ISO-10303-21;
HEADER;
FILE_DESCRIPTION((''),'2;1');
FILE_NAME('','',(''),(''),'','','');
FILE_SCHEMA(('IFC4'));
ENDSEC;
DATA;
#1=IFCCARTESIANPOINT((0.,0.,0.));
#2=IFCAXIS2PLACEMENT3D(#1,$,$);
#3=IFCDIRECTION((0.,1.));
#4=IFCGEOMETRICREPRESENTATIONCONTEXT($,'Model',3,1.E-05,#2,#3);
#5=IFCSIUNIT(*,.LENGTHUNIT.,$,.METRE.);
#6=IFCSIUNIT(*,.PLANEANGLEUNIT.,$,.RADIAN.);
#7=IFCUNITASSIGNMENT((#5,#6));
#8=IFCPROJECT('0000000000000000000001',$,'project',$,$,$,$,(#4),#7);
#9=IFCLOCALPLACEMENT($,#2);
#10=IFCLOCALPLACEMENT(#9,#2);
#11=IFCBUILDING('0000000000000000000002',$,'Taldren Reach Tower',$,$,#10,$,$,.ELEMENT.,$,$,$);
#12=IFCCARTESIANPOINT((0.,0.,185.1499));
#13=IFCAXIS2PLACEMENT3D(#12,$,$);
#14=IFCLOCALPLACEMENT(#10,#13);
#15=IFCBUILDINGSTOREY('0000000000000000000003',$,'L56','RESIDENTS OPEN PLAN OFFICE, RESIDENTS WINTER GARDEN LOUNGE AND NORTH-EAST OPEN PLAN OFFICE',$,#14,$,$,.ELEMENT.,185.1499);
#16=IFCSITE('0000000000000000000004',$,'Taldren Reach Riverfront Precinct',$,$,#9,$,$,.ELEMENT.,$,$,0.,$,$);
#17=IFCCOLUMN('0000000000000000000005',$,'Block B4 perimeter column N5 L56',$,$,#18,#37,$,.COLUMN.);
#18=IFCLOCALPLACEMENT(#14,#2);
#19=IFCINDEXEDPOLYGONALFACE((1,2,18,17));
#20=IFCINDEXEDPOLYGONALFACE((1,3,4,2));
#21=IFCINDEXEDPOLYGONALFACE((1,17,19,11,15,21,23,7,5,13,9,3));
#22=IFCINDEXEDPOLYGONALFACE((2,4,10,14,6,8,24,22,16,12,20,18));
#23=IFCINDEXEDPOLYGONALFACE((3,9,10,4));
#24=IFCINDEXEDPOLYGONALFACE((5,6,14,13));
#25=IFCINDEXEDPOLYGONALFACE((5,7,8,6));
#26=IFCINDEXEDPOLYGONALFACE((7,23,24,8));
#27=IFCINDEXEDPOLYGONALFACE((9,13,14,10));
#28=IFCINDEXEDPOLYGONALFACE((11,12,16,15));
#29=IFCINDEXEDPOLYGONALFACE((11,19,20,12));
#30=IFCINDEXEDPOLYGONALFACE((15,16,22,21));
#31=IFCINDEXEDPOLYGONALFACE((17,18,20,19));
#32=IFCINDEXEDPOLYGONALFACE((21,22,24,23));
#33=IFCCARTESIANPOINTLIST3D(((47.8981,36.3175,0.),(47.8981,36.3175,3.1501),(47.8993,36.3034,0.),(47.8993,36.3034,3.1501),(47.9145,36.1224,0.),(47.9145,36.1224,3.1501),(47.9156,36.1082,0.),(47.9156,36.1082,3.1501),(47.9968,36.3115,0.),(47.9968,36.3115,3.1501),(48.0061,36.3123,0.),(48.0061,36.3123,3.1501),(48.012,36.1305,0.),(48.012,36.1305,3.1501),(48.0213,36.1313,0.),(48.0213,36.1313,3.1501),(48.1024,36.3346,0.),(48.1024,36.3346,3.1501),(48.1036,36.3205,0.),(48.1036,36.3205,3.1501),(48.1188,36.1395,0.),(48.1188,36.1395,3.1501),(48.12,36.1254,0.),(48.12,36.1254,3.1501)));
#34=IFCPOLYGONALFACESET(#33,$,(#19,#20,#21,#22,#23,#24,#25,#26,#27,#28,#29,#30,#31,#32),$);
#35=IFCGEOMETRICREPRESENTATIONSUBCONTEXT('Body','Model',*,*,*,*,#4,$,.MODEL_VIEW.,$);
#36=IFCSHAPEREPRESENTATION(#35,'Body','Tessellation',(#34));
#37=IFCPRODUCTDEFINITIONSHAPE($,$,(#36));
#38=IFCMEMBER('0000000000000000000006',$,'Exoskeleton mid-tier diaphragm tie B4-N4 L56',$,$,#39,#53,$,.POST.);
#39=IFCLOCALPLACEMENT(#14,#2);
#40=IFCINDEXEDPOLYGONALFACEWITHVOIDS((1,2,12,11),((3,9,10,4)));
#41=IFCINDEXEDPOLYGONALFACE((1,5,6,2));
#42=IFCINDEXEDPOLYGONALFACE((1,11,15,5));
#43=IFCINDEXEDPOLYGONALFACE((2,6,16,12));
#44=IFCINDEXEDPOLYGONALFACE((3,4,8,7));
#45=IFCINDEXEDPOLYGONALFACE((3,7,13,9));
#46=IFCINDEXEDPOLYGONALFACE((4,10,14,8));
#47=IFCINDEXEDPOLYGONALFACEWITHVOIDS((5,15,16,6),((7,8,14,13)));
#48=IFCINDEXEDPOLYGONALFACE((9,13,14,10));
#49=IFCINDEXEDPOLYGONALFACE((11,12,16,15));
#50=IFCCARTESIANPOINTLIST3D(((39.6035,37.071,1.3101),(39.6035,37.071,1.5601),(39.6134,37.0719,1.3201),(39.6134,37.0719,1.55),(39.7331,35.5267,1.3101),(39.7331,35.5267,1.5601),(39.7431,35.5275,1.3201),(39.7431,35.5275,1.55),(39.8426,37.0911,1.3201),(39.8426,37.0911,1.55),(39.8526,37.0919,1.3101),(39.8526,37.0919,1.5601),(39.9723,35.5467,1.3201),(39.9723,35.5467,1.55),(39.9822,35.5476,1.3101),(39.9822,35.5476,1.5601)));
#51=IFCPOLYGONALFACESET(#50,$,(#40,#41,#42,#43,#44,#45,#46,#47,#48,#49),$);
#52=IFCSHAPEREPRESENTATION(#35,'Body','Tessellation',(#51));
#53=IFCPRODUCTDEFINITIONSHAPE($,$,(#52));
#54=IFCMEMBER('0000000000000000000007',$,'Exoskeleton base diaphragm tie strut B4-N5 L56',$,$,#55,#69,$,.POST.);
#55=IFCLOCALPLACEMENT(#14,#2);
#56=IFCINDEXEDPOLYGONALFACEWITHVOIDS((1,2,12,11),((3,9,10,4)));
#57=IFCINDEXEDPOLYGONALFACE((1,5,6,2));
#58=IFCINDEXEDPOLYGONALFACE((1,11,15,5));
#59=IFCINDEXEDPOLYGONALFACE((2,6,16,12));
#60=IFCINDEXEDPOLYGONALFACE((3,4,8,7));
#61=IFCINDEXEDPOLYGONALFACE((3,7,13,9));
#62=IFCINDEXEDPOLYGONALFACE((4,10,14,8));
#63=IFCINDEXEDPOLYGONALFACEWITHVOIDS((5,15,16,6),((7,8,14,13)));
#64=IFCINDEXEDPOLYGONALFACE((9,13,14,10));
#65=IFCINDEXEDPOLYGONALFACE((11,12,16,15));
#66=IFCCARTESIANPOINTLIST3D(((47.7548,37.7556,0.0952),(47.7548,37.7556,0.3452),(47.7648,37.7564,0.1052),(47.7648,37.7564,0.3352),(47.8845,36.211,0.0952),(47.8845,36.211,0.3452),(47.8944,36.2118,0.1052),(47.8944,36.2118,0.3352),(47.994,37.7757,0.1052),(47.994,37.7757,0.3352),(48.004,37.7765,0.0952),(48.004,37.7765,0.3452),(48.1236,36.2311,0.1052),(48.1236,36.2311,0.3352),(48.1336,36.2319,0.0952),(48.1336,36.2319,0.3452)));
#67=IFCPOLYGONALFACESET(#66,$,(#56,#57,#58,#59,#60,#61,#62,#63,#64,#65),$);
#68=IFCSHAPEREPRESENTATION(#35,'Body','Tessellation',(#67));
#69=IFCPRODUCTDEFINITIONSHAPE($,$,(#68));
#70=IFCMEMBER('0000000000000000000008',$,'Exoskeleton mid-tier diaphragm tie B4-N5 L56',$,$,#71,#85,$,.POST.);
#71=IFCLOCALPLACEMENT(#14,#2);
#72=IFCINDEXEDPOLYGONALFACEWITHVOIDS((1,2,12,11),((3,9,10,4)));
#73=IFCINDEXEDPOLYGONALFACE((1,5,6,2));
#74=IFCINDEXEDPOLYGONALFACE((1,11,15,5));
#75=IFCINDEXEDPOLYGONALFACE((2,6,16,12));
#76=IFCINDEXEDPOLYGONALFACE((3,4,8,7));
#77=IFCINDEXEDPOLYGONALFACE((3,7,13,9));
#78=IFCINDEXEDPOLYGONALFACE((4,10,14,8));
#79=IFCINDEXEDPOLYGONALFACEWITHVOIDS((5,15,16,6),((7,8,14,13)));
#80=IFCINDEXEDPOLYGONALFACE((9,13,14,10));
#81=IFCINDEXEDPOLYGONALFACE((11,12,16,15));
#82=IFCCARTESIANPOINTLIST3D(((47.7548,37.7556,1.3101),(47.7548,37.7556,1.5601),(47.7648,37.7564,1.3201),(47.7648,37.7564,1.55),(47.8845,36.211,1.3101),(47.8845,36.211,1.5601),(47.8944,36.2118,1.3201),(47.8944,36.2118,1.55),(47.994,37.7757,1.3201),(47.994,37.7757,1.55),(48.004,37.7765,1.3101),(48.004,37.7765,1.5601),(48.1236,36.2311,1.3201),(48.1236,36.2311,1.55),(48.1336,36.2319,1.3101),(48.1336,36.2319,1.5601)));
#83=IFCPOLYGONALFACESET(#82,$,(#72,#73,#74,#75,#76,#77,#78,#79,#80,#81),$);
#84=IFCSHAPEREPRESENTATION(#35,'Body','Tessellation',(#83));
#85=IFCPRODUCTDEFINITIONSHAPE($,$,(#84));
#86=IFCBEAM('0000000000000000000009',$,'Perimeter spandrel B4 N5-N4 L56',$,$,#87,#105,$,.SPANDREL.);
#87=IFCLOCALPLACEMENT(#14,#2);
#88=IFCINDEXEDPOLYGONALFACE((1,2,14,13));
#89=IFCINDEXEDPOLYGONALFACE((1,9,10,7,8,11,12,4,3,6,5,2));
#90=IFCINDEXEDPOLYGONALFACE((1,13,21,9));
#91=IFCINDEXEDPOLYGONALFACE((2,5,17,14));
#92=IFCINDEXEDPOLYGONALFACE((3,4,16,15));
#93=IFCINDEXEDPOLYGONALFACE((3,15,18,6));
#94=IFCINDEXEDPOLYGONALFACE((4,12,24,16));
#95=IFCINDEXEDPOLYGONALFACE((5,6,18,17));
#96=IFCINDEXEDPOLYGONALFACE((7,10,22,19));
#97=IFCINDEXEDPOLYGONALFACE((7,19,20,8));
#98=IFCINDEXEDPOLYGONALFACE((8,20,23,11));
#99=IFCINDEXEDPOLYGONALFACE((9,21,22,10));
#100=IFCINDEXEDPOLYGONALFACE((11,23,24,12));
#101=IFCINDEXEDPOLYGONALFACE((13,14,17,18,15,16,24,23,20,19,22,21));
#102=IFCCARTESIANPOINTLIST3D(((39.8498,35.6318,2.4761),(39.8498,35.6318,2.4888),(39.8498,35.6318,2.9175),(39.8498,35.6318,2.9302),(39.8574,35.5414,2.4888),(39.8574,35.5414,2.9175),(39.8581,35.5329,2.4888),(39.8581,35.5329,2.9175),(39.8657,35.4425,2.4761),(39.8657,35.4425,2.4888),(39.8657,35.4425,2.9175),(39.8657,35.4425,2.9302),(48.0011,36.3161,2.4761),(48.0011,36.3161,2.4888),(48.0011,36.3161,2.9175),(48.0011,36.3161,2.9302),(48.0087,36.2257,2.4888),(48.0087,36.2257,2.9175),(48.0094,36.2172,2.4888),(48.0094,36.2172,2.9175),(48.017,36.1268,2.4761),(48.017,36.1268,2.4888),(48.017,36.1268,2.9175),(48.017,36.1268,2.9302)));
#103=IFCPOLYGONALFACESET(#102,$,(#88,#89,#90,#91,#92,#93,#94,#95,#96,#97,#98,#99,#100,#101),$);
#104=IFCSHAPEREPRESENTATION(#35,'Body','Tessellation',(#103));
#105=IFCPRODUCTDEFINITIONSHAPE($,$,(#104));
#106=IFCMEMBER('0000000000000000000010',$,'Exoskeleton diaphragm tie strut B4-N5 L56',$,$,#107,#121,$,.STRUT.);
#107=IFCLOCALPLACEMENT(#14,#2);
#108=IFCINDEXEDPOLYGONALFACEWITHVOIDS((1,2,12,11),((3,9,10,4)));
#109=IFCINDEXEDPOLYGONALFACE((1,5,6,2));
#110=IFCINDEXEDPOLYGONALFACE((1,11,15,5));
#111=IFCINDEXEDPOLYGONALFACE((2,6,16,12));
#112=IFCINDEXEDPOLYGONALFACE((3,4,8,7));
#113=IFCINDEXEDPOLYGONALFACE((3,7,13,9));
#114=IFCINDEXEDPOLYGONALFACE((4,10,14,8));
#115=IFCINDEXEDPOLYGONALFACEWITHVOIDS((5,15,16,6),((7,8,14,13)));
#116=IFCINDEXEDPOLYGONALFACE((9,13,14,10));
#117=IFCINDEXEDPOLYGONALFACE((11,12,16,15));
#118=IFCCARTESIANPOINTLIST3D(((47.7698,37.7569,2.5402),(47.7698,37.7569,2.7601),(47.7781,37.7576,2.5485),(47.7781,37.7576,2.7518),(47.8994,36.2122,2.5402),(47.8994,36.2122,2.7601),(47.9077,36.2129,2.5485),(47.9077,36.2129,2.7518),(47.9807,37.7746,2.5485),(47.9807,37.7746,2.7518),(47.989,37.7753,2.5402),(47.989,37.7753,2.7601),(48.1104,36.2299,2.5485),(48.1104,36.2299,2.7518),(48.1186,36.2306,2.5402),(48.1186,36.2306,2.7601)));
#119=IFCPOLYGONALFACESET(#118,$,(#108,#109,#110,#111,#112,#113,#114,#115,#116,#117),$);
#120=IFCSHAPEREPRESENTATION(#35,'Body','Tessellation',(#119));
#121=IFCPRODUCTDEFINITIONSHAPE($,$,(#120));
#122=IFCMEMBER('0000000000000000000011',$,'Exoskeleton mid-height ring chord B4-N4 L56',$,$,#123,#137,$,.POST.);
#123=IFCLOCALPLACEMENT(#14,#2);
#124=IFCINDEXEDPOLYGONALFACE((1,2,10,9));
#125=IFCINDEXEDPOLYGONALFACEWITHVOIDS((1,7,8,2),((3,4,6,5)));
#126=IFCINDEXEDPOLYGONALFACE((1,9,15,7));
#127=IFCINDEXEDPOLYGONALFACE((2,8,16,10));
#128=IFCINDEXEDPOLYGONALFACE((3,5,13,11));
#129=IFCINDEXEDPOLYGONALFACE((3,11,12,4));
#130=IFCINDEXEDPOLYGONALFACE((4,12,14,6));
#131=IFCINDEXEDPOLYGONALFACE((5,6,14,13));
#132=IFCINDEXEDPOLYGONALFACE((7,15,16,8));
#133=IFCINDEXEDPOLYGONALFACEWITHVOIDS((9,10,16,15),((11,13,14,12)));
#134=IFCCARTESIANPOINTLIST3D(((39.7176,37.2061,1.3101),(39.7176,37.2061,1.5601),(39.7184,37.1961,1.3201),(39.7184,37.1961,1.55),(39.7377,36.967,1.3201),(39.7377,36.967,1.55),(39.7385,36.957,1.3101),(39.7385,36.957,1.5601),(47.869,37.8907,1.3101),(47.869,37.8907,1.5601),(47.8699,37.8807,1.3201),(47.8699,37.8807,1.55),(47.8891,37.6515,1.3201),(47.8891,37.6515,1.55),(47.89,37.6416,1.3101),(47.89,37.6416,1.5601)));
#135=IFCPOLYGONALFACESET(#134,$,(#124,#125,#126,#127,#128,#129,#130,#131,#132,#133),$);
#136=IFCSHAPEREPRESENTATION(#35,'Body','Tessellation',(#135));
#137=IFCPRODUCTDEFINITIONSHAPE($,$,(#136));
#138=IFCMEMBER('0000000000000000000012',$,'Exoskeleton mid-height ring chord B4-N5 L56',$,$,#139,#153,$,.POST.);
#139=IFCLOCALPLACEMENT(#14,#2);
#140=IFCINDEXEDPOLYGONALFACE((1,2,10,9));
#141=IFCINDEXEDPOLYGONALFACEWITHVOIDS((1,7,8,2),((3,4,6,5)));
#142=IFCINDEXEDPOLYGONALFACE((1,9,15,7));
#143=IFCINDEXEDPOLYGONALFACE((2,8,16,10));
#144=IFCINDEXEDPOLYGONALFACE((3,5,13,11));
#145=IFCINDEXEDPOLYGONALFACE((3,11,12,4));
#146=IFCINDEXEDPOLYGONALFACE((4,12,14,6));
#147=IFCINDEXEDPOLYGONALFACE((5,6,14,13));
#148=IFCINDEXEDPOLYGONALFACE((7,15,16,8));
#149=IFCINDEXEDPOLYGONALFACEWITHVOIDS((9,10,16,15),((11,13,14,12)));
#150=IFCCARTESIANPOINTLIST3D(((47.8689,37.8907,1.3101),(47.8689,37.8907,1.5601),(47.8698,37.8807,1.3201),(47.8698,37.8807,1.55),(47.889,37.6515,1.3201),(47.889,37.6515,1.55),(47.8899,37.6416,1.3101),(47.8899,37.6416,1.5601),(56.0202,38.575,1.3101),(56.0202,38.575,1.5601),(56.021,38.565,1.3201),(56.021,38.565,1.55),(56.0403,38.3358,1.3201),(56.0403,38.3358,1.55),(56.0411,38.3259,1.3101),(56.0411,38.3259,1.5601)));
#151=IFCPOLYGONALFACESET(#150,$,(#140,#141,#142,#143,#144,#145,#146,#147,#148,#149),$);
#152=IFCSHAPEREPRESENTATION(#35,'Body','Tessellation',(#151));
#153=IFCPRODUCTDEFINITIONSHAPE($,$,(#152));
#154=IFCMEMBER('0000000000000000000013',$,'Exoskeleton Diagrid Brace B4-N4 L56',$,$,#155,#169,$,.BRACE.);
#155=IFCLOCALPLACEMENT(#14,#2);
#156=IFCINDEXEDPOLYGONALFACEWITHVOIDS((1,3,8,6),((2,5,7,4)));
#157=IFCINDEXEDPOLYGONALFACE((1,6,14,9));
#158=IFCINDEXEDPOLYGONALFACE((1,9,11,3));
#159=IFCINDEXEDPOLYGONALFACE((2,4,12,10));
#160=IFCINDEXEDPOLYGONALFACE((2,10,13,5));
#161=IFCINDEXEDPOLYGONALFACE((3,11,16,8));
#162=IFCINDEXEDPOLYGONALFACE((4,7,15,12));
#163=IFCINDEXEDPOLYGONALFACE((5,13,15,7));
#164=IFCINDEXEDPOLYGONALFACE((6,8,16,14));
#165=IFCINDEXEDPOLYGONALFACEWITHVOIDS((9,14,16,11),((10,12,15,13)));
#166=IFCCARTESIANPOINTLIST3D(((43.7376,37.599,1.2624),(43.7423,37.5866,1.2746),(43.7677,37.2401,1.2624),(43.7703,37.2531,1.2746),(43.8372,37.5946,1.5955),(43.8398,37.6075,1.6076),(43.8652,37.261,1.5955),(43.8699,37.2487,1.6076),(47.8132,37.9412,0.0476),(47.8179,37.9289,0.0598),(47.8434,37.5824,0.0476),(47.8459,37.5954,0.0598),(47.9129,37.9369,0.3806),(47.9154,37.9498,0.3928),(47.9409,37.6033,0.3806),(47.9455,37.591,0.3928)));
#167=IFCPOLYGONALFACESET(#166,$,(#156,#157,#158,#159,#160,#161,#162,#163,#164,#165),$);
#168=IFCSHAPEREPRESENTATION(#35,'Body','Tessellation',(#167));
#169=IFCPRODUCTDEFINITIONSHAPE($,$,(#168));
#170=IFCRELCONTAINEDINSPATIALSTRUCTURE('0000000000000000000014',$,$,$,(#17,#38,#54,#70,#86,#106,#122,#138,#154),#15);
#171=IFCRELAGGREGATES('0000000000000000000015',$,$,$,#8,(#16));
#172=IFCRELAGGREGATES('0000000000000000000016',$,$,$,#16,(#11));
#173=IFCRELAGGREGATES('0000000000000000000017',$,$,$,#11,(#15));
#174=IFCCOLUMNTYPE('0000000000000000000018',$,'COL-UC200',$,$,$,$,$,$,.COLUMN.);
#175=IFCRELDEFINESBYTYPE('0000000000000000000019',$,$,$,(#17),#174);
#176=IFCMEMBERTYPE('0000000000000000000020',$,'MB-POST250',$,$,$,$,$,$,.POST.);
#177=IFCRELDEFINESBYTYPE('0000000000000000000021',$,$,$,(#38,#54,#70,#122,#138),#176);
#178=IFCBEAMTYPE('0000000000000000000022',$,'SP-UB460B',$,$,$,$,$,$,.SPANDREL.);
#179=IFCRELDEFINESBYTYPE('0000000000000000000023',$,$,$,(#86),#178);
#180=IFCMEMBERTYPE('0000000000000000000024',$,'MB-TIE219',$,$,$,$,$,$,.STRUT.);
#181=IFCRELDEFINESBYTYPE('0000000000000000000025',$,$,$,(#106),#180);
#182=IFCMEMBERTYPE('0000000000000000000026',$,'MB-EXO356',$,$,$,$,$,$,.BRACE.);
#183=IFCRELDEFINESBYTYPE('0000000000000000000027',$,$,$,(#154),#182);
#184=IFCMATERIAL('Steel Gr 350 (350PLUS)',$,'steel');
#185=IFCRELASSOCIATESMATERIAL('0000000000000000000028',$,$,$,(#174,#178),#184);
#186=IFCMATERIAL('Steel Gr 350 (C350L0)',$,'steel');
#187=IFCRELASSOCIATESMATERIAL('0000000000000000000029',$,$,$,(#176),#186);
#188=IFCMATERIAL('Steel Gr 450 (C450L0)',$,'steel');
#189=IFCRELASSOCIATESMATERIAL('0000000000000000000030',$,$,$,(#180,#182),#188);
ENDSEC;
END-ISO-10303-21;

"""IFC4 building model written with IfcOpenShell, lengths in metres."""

from ifc_helpers import new_model, si_unit, direction, frame, origin, origin_2d, place, context, subcontext, project, spatial, hollow_rectangle, i_section, extrude, source, transform, mapped, material, material_profile, profile_set, type_object, element, save


model = new_model("IFC4")

# Units and contexts
model_context = context("Model", 3, precision=1e-05, world=origin(), true_north=direction((0.0, 1.0)))
body_context = subcontext(model_context, "Body", "Model", "MODEL_VIEW")
ifc_project = project(units=[si_unit("LENGTHUNIT", "METRE"), si_unit("PLANEANGLEUNIT", "RADIAN")], contexts=[model_context])

# Site, building, storey
site_placement = place(None, origin())
site = spatial("IfcSite", under=ifc_project, at=site_placement, Name="Taldren Reach Riverfront Precinct", CompositionType="ELEMENT", RefElevation=0.0)
building_placement = place(site_placement, origin())
building = spatial("IfcBuilding", under=site, at=building_placement, Name="Taldren Reach Tower", CompositionType="ELEMENT")
storey_placement = place(building_placement, frame((0.0, 0.0, 185.1499)))
storey = spatial("IfcBuildingStorey", under=building, at=storey_placement, Name="L56", Description="RESIDENTS OPEN PLAN OFFICE, RESIDENTS WINTER GARDEN LOUNGE AND NORTH-EAST OPEN PLAN OFFICE", CompositionType="ELEMENT", Elevation=185.1499)

# Column
ifc_material_1 = material(Name="Steel Gr 350 (350PLUS)", Category="steel")
ifc_material_profile_1 = material_profile(ifc_material_1, i_section(OverallWidth=0.2051, OverallDepth=0.21, WebThickness=0.0093, FlangeThickness=0.0142, at=origin_2d()), Name="200UC59.5")
ifc_profile_set_1 = profile_set([ifc_material_profile_1], Name="Steel Gr 350 (350PLUS)")
column_type = type_object("IfcColumnType", Name="COL-UC200", PredefinedType="COLUMN", material=ifc_profile_set_1)
shared_shape_1 = source(origin(), body_context, "Body", "SweptSolid", [
    extrude(i_section(OverallWidth=0.2051, OverallDepth=0.21, WebThickness=0.0093, FlangeThickness=0.0142, at=origin_2d()), origin(), (0.0, 0.0, 1.0), 3.1501),
])
column_placement = place(storey_placement, frame((48.009, 36.2214, 0.0), z_axis=(0.0, 0.0, 1.0), x_axis=(0.996493, 0.083678, 0.0)))
element("IfcColumn", 1, at=column_placement, inside=storey, type_object=column_type, Name="Block B4 perimeter column N5 L56", PredefinedType="COLUMN", context=body_context, shape_type="MappedRepresentation", body=[
    mapped(shared_shape_1, transform((0.0, 0.0, 0.0), scale=1.0)),
])

# Members
ifc_material_2 = material(Name="Steel Gr 350 (C350L0)", Category="steel")
ifc_material_profile_2 = material_profile(ifc_material_2, hollow_rectangle(XDim=0.25, YDim=0.25, WallThickness=0.01, at=origin_2d()), Name="250x250x10.0SHS")
ifc_profile_set_2 = profile_set([ifc_material_profile_2], Name="Steel Gr 350 (C350L0)")
member_type_1 = type_object("IfcMemberType", Name="MB-POST250", PredefinedType="POST", material=ifc_profile_set_2)
shared_shape_2 = source(origin(), body_context, "Body", "SweptSolid", [
    extrude(hollow_rectangle(XDim=0.25, YDim=0.25, WallThickness=0.01, at=origin_2d()), origin(), (0.0, 0.0, 1.0), 1.5498),
])
member_1_placement = place(storey_placement, frame((39.8577, 35.5371, 1.4351), z_axis=(-0.083645, 0.996496, 0.0), x_axis=(-0.996496, -0.083645, 0.0)))
element("IfcMember", 2, at=member_1_placement, inside=storey, type_object=member_type_1, Name="Exoskeleton mid-tier diaphragm tie B4-N4 L56", PredefinedType="POST", context=body_context, shape_type="MappedRepresentation", body=[
    mapped(shared_shape_2, transform((0.0, 0.0, 0.0), scale=1.0)),
])
shared_shape_3 = source(origin(), body_context, "Body", "SweptSolid", [
    extrude(hollow_rectangle(XDim=0.25, YDim=0.25, WallThickness=0.01, at=origin_2d()), origin(), (0.0, 0.0, 1.0), 1.55),
])
for number, where, z_axis, x_axis, name in (
    (3, (48.009, 36.2214, 0.2202), (-0.083632, 0.996497, 0.0), (-0.996497, -0.083632, 0.0), "Exoskeleton base diaphragm tie strut B4-N5 L56"),
    (4, (48.009, 36.2214, 1.4351), (-0.083632, 0.996497, 0.0), (-0.996497, -0.083632, 0.0), "Exoskeleton mid-tier diaphragm tie B4-N5 L56"),
):
    element("IfcMember", number, at=place(storey_placement, frame(where, z_axis=z_axis, x_axis=x_axis)), inside=storey, type_object=member_type_1, Name=name, PredefinedType="POST", context=body_context, shape_type="MappedRepresentation", body=[
        mapped(shared_shape_3, transform((0.0, 0.0, 0.0), scale=1.0)),
    ])

# Beam
ifc_material_profile_3 = material_profile(ifc_material_1, i_section(OverallWidth=0.1899, OverallDepth=0.4541, WebThickness=0.0085, FlangeThickness=0.0127, at=origin_2d()), Name="460UB67.1")
ifc_profile_set_3 = profile_set([ifc_material_profile_3], Name="Steel Gr 350 (350PLUS)")
beam_type = type_object("IfcBeamType", Name="SP-UB460B", PredefinedType="SPANDREL", material=ifc_profile_set_3)
shared_shape_4 = source(origin(), body_context, "Body", "SweptSolid", [
    extrude(i_section(OverallWidth=0.1899, OverallDepth=0.4541, WebThickness=0.0085, FlangeThickness=0.0127, at=origin_2d()), origin(), (0.0, 0.0, 1.0), 8.1799),
])
beam_placement = place(storey_placement, frame((48.009, 36.2214, 2.7031), z_axis=(-0.996495, -0.083658, 0.0), x_axis=(0.083658, -0.996495, 0.0)))
element("IfcBeam", 5, at=beam_placement, inside=storey, type_object=beam_type, Name="Perimeter spandrel B4 N5-N4 L56", PredefinedType="SPANDREL", context=body_context, shape_type="MappedRepresentation", body=[
    mapped(shared_shape_4, transform((0.0, 0.0, 0.0), scale=1.0)),
])

# Members
ifc_material_3 = material(Name="Steel Gr 450 (C450L0)", Category="steel")
ifc_material_profile_4 = material_profile(ifc_material_3, hollow_rectangle(XDim=0.22, YDim=0.22, WallThickness=0.0083, at=origin_2d()), Name="220x220x8.2SHS")
ifc_profile_set_4 = profile_set([ifc_material_profile_4], Name="Steel Gr 450 (C450L0)")
member_type_2 = type_object("IfcMemberType", Name="MB-TIE219", PredefinedType="STRUT", material=ifc_profile_set_4)
shared_shape_5 = source(origin(), body_context, "Body", "SweptSolid", [
    extrude(hollow_rectangle(XDim=0.22, YDim=0.22, WallThickness=0.0083, at=origin_2d()), origin(), (0.0, 0.0, 1.0), 1.55),
])
member_2_placement = place(storey_placement, frame((48.009, 36.2214, 2.6501), z_axis=(-0.083632, 0.996497, 0.0), x_axis=(-0.996497, -0.083632, 0.0)))
element("IfcMember", 6, at=member_2_placement, inside=storey, type_object=member_type_2, Name="Exoskeleton diaphragm tie strut B4-N5 L56", PredefinedType="STRUT", context=body_context, shape_type="MappedRepresentation", body=[
    mapped(shared_shape_5, transform((0.0, 0.0, 0.0), scale=1.0)),
])
shared_shape_6 = source(origin(), body_context, "Body", "SweptSolid", [
    extrude(hollow_rectangle(XDim=0.25, YDim=0.25, WallThickness=0.01, at=origin_2d()), origin(), (0.0, 0.0, 1.0), 8.1802),
])
member_3_placement = place(storey_placement, frame((39.728, 37.0815, 1.4351), z_axis=(0.996492, 0.083688, 0.0), x_axis=(-0.083688, 0.996492, 0.0)))
element("IfcMember", 7, at=member_3_placement, inside=storey, type_object=member_type_1, Name="Exoskeleton mid-height ring chord B4-N4 L56", PredefinedType="POST", context=body_context, shape_type="MappedRepresentation", body=[
    mapped(shared_shape_6, transform((0.0, 0.0, 0.0), scale=1.0)),
])
shared_shape_7 = source(origin(), body_context, "Body", "SweptSolid", [
    extrude(hollow_rectangle(XDim=0.25, YDim=0.25, WallThickness=0.01, at=origin_2d()), origin(), (0.0, 0.0, 1.0), 8.1799),
])
member_4_placement = place(storey_placement, frame((47.8794, 37.7661, 1.4351), z_axis=(0.996495, 0.083658, 0.0), x_axis=(-0.083658, 0.996495, 0.0)))
element("IfcMember", 8, at=member_4_placement, inside=storey, type_object=member_type_1, Name="Exoskeleton mid-height ring chord B4-N5 L56", PredefinedType="POST", context=body_context, shape_type="MappedRepresentation", body=[
    mapped(shared_shape_7, transform((0.0, 0.0, 0.0), scale=1.0)),
])
ifc_material_profile_5 = material_profile(ifc_material_3, hollow_rectangle(XDim=0.3601, YDim=0.3601, WallThickness=0.0127, at=origin_2d()), Name="360x360x12.7SHS")
ifc_profile_set_5 = profile_set([ifc_material_profile_5], Name="Steel Gr 450 (C450L0)")
member_type_3 = type_object("IfcMemberType", Name="MB-EXO356", PredefinedType="BRACE", material=ifc_profile_set_5)
shared_shape_8 = source(origin(), body_context, "Body", "SweptSolid", [
    extrude(hollow_rectangle(XDim=0.3601, YDim=0.3601, WallThickness=0.0127, at=origin_2d()), origin(), (0.0, 0.0, 1.0), 4.2666),
])
for number, where, z_axis, x_axis, name in (
    (9, (47.8794, 37.7661, 0.2202), (-0.955245, -0.080224, 0.284731), (0.083688, -0.996492, 0.0), "Exoskeleton Diagrid Brace B4-N4 L56"),
):
    element("IfcMember", number, at=place(storey_placement, frame(where, z_axis=z_axis, x_axis=x_axis)), inside=storey, type_object=member_type_3, Name=name, PredefinedType="BRACE", context=body_context, shape_type="MappedRepresentation", body=[
        mapped(shared_shape_8, transform((0.0, 0.0, 0.0), scale=1.0)),
    ])

save(model, "model.ifc")
